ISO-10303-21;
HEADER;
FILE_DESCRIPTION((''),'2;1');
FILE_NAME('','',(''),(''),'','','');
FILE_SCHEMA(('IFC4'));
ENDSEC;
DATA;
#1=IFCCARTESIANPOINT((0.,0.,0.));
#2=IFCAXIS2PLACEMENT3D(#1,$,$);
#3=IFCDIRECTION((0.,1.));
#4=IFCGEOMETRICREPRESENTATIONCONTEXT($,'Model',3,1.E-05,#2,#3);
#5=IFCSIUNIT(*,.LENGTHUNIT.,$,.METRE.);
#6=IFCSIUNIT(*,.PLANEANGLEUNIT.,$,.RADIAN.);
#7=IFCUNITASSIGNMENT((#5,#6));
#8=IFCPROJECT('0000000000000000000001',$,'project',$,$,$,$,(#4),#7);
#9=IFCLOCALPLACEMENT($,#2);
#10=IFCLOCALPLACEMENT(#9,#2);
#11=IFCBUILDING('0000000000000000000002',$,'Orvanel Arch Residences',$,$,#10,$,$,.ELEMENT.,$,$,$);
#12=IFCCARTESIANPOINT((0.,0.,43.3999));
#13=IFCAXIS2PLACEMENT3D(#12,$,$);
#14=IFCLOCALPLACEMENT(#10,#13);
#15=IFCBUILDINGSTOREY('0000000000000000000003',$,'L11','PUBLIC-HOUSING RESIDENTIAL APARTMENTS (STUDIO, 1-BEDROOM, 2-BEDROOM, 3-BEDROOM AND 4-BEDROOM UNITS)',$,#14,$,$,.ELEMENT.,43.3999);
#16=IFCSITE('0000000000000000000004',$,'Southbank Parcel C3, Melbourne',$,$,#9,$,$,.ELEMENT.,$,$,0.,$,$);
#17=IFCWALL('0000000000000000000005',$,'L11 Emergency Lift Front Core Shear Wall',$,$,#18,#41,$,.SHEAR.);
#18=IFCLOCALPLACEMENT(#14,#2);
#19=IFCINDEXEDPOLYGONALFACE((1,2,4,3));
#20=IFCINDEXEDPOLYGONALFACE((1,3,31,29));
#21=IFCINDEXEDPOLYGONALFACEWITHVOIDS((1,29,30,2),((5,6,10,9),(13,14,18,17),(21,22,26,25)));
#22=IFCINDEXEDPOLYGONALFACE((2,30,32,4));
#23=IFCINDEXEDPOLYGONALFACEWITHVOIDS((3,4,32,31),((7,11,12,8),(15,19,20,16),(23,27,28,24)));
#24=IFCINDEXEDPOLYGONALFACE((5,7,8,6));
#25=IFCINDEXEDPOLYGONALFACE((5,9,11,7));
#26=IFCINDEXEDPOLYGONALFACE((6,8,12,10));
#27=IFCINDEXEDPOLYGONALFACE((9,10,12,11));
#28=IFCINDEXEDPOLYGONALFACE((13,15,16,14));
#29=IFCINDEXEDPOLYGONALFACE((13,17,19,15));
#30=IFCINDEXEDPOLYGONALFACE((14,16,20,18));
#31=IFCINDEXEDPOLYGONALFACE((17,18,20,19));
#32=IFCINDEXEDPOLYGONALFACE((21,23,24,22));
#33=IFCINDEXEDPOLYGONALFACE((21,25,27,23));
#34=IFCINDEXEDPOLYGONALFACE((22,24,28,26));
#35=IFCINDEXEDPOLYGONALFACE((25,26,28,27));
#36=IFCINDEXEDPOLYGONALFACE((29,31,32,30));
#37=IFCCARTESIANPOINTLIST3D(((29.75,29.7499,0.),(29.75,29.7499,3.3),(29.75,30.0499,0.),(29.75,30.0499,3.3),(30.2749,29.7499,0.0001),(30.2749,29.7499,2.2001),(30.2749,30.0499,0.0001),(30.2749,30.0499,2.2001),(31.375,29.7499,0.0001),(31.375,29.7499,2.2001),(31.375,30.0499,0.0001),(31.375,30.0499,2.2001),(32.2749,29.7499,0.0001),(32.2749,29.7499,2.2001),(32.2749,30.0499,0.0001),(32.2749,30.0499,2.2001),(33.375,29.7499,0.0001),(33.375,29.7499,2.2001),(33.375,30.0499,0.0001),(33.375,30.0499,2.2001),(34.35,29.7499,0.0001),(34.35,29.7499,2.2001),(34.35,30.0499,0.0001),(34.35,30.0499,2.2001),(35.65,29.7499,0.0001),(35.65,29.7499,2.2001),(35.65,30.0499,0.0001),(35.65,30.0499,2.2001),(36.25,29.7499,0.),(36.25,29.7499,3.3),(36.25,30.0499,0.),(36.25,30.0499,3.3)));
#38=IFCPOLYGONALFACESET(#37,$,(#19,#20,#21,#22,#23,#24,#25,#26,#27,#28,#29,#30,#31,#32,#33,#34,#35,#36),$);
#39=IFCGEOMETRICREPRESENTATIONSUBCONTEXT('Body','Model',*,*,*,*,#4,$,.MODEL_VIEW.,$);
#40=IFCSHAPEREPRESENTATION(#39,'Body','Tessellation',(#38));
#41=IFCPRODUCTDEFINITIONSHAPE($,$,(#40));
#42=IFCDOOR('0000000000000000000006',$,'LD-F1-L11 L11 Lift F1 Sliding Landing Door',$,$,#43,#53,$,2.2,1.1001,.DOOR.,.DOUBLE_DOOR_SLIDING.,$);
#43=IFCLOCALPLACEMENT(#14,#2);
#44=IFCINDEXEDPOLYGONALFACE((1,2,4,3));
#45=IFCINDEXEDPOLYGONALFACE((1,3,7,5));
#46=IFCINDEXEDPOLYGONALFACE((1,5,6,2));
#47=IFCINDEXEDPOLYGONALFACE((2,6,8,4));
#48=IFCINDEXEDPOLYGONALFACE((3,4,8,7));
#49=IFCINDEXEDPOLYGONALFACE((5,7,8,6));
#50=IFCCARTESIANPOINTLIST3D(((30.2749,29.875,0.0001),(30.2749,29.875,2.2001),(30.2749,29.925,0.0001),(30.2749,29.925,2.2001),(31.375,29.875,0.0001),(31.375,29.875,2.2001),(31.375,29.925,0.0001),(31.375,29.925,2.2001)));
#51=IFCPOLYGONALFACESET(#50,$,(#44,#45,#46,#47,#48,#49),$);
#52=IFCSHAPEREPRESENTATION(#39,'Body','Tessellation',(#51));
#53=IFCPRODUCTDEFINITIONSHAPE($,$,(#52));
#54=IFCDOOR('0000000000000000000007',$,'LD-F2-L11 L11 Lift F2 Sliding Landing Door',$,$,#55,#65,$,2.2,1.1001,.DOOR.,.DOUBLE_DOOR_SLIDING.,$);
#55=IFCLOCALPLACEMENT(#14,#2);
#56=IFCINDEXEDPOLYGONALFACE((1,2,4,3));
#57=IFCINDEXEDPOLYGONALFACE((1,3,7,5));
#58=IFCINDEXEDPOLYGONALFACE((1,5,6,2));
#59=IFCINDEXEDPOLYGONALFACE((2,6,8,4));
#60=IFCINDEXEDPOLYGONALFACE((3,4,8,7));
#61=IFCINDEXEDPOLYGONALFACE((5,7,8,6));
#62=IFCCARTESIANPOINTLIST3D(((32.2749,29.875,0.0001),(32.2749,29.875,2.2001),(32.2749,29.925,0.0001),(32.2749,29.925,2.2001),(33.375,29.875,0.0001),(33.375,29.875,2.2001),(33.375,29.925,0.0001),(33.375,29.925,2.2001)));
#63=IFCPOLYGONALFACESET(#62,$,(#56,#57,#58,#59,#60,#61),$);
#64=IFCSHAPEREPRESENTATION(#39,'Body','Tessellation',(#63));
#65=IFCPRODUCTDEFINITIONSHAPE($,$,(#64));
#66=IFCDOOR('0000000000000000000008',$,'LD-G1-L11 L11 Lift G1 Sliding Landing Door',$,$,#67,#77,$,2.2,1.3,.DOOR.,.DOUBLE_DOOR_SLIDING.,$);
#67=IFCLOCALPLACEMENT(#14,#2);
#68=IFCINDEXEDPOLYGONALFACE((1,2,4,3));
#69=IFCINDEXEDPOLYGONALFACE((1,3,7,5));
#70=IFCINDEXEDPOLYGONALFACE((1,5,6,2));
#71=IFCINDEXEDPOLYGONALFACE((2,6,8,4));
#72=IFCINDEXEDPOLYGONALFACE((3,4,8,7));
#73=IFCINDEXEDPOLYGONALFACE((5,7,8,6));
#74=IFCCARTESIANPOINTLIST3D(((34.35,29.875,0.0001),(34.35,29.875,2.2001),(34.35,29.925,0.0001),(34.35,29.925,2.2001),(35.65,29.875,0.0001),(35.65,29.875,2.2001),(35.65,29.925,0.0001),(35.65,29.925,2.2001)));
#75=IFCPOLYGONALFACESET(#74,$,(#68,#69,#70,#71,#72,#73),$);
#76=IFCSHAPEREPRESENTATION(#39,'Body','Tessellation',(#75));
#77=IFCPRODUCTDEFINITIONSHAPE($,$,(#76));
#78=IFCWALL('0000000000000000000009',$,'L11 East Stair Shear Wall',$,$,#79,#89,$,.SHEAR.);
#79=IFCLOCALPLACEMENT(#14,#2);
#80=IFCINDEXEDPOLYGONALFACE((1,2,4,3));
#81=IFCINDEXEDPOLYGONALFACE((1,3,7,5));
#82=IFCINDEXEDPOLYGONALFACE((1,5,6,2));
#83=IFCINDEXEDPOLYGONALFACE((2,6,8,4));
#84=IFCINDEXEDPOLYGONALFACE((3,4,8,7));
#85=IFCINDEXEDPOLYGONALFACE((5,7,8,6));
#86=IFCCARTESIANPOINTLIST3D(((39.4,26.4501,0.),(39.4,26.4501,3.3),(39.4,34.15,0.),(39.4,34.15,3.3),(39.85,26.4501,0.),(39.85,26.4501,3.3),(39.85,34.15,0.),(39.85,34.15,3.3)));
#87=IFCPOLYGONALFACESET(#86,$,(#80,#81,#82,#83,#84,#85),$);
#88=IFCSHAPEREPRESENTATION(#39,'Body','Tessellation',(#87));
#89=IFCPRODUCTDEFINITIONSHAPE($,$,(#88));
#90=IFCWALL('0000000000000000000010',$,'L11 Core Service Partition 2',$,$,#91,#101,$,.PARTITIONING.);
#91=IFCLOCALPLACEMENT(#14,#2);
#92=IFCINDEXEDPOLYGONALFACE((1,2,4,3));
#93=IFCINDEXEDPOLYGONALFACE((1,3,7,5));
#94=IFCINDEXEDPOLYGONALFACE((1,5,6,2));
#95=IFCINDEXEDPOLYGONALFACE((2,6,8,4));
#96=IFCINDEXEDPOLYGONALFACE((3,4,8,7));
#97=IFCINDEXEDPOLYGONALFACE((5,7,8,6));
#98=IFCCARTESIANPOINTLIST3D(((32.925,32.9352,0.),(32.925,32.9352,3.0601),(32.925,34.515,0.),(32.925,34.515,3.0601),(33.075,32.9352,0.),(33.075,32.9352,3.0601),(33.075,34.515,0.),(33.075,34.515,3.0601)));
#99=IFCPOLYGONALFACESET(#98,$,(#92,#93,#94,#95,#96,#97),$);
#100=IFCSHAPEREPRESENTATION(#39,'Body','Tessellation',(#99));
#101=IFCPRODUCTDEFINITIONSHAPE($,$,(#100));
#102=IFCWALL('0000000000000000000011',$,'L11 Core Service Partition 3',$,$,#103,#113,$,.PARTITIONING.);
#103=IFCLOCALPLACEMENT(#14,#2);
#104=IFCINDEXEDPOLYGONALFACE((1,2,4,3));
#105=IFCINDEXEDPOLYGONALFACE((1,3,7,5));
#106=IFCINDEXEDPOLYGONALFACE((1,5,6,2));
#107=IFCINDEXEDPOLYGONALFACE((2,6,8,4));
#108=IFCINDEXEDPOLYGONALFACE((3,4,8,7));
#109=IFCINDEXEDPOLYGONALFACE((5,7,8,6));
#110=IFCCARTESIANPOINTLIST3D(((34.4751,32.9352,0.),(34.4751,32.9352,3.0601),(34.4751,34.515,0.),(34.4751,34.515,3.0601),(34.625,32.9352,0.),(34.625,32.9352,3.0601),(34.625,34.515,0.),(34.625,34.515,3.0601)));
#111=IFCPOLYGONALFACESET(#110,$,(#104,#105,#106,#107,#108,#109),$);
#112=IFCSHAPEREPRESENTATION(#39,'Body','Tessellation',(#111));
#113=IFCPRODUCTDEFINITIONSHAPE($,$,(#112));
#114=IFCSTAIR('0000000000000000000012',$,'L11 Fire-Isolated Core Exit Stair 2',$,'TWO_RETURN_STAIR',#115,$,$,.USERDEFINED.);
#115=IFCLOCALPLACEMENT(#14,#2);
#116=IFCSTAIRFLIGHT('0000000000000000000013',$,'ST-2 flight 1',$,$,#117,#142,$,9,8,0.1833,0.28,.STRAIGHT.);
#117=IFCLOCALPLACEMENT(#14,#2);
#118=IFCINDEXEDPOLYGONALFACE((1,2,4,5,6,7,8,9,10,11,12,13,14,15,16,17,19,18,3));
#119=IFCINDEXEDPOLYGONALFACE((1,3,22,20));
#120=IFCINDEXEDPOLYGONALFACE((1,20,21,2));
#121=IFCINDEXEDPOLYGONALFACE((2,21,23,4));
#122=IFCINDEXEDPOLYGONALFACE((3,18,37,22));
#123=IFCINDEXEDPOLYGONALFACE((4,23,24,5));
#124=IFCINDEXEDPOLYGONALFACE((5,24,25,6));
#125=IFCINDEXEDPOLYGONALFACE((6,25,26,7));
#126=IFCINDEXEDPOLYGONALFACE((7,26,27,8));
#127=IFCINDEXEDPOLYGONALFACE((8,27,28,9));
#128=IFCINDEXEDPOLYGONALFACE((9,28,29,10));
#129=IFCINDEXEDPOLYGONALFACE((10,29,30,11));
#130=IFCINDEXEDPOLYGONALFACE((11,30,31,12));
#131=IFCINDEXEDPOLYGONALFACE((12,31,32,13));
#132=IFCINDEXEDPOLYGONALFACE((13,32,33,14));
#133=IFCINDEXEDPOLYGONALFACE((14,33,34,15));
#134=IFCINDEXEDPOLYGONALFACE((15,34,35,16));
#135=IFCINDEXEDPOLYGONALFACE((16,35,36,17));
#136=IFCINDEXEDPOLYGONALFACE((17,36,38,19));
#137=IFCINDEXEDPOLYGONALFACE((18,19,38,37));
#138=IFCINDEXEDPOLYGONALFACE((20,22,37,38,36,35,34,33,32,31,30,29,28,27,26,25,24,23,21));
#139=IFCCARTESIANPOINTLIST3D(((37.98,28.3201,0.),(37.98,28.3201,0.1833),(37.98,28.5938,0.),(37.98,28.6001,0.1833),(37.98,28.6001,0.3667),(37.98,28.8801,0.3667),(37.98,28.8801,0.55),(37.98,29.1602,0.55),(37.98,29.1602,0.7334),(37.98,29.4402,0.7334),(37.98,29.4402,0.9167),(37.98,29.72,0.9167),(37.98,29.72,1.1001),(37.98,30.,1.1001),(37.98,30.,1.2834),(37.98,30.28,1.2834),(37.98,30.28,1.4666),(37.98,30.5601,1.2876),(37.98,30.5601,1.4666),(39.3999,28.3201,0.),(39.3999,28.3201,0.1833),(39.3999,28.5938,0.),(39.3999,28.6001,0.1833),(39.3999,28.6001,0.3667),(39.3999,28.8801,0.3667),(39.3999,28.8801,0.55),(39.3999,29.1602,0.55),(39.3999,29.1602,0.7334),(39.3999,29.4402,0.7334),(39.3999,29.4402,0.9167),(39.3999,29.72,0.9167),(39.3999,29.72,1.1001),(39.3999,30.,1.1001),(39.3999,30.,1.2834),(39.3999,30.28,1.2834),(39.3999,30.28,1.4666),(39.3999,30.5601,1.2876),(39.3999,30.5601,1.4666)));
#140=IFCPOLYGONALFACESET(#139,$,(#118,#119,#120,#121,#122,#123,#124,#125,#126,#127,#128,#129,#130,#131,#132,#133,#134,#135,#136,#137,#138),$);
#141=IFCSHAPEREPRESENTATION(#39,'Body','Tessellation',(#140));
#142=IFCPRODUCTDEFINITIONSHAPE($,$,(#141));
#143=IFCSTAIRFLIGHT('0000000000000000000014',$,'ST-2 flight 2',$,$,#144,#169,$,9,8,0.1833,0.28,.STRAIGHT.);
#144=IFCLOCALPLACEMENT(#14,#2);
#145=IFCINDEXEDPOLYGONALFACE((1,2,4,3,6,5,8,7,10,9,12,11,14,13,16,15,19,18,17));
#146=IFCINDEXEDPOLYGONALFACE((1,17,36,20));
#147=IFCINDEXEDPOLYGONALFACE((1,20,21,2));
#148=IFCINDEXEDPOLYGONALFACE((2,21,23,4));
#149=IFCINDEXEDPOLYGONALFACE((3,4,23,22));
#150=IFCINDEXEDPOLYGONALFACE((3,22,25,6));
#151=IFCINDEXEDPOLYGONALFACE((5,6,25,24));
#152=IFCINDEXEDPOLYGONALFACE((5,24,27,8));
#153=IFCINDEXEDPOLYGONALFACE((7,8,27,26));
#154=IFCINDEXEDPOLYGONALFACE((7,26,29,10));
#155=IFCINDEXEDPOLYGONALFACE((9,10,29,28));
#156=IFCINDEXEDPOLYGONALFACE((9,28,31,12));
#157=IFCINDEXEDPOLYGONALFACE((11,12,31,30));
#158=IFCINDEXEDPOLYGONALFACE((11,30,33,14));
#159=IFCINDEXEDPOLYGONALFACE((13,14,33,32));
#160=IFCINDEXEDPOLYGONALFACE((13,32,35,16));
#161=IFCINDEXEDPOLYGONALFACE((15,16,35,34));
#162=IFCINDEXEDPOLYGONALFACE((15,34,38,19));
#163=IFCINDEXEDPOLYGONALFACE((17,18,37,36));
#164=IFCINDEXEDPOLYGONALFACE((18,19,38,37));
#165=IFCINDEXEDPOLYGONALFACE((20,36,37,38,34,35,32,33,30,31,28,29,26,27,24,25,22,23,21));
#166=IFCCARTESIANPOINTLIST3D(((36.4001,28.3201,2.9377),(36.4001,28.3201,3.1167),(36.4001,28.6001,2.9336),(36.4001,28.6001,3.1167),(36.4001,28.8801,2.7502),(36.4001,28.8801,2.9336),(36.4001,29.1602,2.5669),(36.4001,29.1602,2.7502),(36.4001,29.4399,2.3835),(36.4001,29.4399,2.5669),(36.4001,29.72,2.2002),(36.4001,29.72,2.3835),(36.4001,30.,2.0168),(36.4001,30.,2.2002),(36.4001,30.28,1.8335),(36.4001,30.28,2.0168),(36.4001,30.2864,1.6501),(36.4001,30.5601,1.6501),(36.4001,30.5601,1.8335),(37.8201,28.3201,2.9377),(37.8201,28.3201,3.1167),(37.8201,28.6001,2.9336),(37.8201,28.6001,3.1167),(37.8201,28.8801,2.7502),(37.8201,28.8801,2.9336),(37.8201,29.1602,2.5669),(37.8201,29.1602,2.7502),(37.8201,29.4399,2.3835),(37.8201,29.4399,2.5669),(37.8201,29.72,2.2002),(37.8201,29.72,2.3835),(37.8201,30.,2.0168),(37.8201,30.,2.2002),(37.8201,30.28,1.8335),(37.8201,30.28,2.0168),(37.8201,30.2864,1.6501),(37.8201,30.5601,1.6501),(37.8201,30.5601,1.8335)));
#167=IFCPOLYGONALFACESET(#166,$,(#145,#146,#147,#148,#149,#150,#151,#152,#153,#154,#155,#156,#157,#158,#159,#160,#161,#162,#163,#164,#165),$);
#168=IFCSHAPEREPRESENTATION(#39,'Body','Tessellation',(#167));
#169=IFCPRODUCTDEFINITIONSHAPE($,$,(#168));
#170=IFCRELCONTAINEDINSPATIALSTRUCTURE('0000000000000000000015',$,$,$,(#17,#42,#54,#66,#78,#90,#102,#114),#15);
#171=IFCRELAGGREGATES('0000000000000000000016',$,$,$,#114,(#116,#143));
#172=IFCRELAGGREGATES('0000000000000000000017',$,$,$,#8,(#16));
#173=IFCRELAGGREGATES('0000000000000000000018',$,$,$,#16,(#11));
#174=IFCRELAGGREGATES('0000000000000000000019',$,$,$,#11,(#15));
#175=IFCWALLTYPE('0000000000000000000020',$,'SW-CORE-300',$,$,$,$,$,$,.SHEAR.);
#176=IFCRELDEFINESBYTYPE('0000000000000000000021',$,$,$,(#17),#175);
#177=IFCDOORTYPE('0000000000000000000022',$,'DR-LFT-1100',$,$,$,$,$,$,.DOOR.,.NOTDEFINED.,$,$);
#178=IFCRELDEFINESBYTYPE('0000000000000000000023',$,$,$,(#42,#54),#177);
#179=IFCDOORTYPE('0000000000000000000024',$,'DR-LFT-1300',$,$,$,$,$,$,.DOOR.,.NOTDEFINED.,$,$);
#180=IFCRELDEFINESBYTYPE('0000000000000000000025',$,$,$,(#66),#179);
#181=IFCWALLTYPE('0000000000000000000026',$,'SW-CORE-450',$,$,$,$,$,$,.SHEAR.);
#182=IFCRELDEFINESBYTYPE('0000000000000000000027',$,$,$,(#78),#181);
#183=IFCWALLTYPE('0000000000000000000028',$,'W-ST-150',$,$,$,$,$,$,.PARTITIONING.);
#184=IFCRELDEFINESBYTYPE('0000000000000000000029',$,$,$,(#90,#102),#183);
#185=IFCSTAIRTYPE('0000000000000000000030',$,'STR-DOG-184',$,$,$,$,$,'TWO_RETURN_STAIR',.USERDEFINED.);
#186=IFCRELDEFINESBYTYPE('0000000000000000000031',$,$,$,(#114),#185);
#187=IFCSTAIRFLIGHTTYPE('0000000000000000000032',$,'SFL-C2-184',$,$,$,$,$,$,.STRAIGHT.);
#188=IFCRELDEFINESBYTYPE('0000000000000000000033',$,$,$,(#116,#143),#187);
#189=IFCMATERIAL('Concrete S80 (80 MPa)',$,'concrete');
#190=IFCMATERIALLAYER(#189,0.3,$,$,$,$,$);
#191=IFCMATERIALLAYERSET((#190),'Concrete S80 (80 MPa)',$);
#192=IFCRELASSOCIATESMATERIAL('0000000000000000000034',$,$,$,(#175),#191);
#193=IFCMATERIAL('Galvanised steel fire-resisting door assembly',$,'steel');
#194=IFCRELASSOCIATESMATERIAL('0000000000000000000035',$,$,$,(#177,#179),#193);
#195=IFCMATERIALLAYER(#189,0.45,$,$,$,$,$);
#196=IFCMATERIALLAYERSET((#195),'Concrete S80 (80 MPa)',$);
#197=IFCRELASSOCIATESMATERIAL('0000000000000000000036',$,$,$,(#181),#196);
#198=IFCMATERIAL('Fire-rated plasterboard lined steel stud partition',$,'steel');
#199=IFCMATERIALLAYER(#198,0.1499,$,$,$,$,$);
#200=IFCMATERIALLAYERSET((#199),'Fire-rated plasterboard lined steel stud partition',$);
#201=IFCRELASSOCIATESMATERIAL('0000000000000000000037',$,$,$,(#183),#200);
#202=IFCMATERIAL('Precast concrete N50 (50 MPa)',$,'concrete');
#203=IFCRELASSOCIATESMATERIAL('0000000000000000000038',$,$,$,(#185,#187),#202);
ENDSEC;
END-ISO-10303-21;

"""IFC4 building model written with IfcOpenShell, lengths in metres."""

from ifc_helpers import new_model, si_unit, direction, frame, frame_2d, origin, place, context, subcontext, project, spatial, polyline, rectangle, outline, extrude, material, layer, layer_set, type_object, element, fill, aggregate, save


model = new_model("IFC4")

# Units and contexts
model_context = context("Model", 3, precision=1e-05, world=origin(), true_north=direction((0.0, 1.0)))
body_context = subcontext(model_context, "Body", "Model", "MODEL_VIEW")
ifc_project = project(units=[si_unit("LENGTHUNIT", "METRE"), si_unit("PLANEANGLEUNIT", "RADIAN")], contexts=[model_context])

# Site, building, storey
site_placement = place(None, origin())
site = spatial("IfcSite", under=ifc_project, at=site_placement, Name="Southbank Parcel C3, Melbourne", CompositionType="ELEMENT", RefElevation=0.0)
building_placement = place(site_placement, origin())
building = spatial("IfcBuilding", under=site, at=building_placement, Name="Orvanel Arch Residences", CompositionType="ELEMENT")
storey_placement = place(building_placement, frame((0.0, 0.0, 43.3999)))
storey = spatial("IfcBuildingStorey", under=building, at=storey_placement, Name="L11", Description="PUBLIC-HOUSING RESIDENTIAL APARTMENTS (STUDIO, 1-BEDROOM, 2-BEDROOM, 3-BEDROOM AND 4-BEDROOM UNITS)", CompositionType="ELEMENT", Elevation=43.3999)

# Shared definitions
ifc_material_1 = material(Name="Concrete S80 (80 MPa)", Category="concrete")
ifc_layer_1 = layer(ifc_material_1, 0.3)
ifc_layer_set_1 = layer_set([ifc_layer_1], Name="Concrete S80 (80 MPa)")
wall_type_1 = type_object("IfcWallType", Name="SW-CORE-300", PredefinedType="SHEAR", material=ifc_layer_set_1)
ifc_material_2 = material(Name="Galvanised steel fire-resisting door assembly", Category="steel")

# Wall, openings, doors
wall_1_placement = place(storey_placement, frame((36.25, 29.8999, 0.0), z_axis=(0.0, 0.0, 1.0), x_axis=(-1.0, 0.0, 0.0)))
wall_1 = element("IfcWall", 1, at=wall_1_placement, inside=storey, type_object=wall_type_1, Name="L11 Emergency Lift Front Core Shear Wall", PredefinedType="SHEAR", context=body_context, shape_type="SweptSolid", body=[
    extrude(rectangle(XDim=6.5, YDim=0.3, at=frame_2d((3.25, 0.0))), origin(), (0.0, 0.0, 1.0), 3.3),
])
opening_1_placement = place(wall_1_placement, frame((4.875, 0.0, 0.0)))
opening_1 = element("IfcOpeningElement", 2, at=opening_1_placement, cuts=wall_1, PredefinedType="OPENING", context=body_context, shape_type="SweptSolid", body=[
    extrude(rectangle(XDim=1.1001, YDim=2.2, at=frame_2d((0.55, 1.1001))), frame((0.0, 0.1599, 0.0), z_axis=(0.0, -1.0, 0.0), x_axis=(1.0, 0.0, 0.0)), (0.0, 0.0, 1.0), 0.3201),
])
opening_2_placement = place(wall_1_placement, frame((2.875, 0.0, 0.0)))
opening_2 = element("IfcOpeningElement", 3, at=opening_2_placement, cuts=wall_1, PredefinedType="OPENING", context=body_context, shape_type="SweptSolid", body=[
    extrude(rectangle(XDim=1.1001, YDim=2.2, at=frame_2d((0.55, 1.1001))), frame((0.0, 0.1599, 0.0), z_axis=(0.0, -1.0, 0.0), x_axis=(1.0, 0.0, 0.0)), (0.0, 0.0, 1.0), 0.3201),
])
opening_3_placement = place(wall_1_placement, frame((0.6001, 0.0, 0.0)))
opening_3 = element("IfcOpeningElement", 4, at=opening_3_placement, cuts=wall_1, PredefinedType="OPENING", context=body_context, shape_type="SweptSolid", body=[
    extrude(rectangle(XDim=1.3, YDim=2.2, at=frame_2d((0.6499, 1.1001))), frame((0.0, 0.1599, 0.0), z_axis=(0.0, -1.0, 0.0), x_axis=(1.0, 0.0, 0.0)), (0.0, 0.0, 1.0), 0.3201),
])
door_type_1 = type_object("IfcDoorType", Name="DR-LFT-1100", OperationType="NOTDEFINED", PredefinedType="DOOR", material=ifc_material_2)
door_1_placement = place(opening_1_placement, origin())
door_1 = element("IfcDoor", 5, at=door_1_placement, inside=storey, type_object=door_type_1, Name="LD-F1-L11 L11 Lift F1 Sliding Landing Door", OperationType="DOUBLE_DOOR_SLIDING", OverallHeight=2.2, OverallWidth=1.1001, PredefinedType="DOOR", context=body_context, shape_type="SweptSolid", body=[
    extrude(rectangle(XDim=1.1001, YDim=2.2, at=frame_2d((0.55, 1.1001))), frame((0.0, 0.0249, 0.0), z_axis=(0.0, -1.0, 0.0), x_axis=(1.0, 0.0, 0.0)), (0.0, 0.0, 1.0), 0.05),
])
fill(opening_1, door_1)
door_2_placement = place(opening_2_placement, origin())
door_2 = element("IfcDoor", 6, at=door_2_placement, inside=storey, type_object=door_type_1, Name="LD-F2-L11 L11 Lift F2 Sliding Landing Door", OperationType="DOUBLE_DOOR_SLIDING", OverallHeight=2.2, OverallWidth=1.1001, PredefinedType="DOOR", context=body_context, shape_type="SweptSolid", body=[
    extrude(rectangle(XDim=1.1001, YDim=2.2, at=frame_2d((0.55, 1.1001))), frame((0.0, 0.0249, 0.0), z_axis=(0.0, -1.0, 0.0), x_axis=(1.0, 0.0, 0.0)), (0.0, 0.0, 1.0), 0.05),
])
fill(opening_2, door_2)
door_type_2 = type_object("IfcDoorType", Name="DR-LFT-1300", OperationType="NOTDEFINED", PredefinedType="DOOR", material=ifc_material_2)
door_3_placement = place(opening_3_placement, origin())
door_3 = element("IfcDoor", 7, at=door_3_placement, inside=storey, type_object=door_type_2, Name="LD-G1-L11 L11 Lift G1 Sliding Landing Door", OperationType="DOUBLE_DOOR_SLIDING", OverallHeight=2.2, OverallWidth=1.3, PredefinedType="DOOR", context=body_context, shape_type="SweptSolid", body=[
    extrude(rectangle(XDim=1.3, YDim=2.2, at=frame_2d((0.6499, 1.1001))), frame((0.0, 0.0249, 0.0), z_axis=(0.0, -1.0, 0.0), x_axis=(1.0, 0.0, 0.0)), (0.0, 0.0, 1.0), 0.05),
])
fill(opening_3, door_3)

# Walls
ifc_layer_2 = layer(ifc_material_1, 0.45)
ifc_layer_set_2 = layer_set([ifc_layer_2], Name="Concrete S80 (80 MPa)")
wall_type_2 = type_object("IfcWallType", Name="SW-CORE-450", PredefinedType="SHEAR", material=ifc_layer_set_2)
wall_2_placement = place(storey_placement, frame((39.625, 26.45, 0.0), z_axis=(0.0, 0.0, 1.0), x_axis=(0.0, 1.0, 0.0)))
element("IfcWall", 8, at=wall_2_placement, inside=storey, type_object=wall_type_2, Name="L11 East Stair Shear Wall", PredefinedType="SHEAR", context=body_context, shape_type="SweptSolid", body=[
    extrude(rectangle(XDim=7.7, YDim=0.45, at=frame_2d((3.8501, 0.0))), origin(), (0.0, 0.0, 1.0), 3.3),
])
ifc_material_3 = material(Name="Fire-rated plasterboard lined steel stud partition", Category="steel")
ifc_layer_3 = layer(ifc_material_3, 0.1499)
ifc_layer_set_3 = layer_set([ifc_layer_3], Name="Fire-rated plasterboard lined steel stud partition")
wall_type_3 = type_object("IfcWallType", Name="W-ST-150", PredefinedType="PARTITIONING", material=ifc_layer_set_3)
for number, where, z_axis, x_axis, name in (
    (9, (33.0, 32.9351, 0.0), (0.0, 0.0, 1.0), (0.0, 1.0, 0.0), "L11 Core Service Partition 2"),
    (10, (34.55, 32.9351, 0.0), (0.0, 0.0, 1.0), (0.0, 1.0, 0.0), "L11 Core Service Partition 3"),
):
    element("IfcWall", number, at=place(storey_placement, frame(where, z_axis=z_axis, x_axis=x_axis)), inside=storey, type_object=wall_type_3, Name=name, PredefinedType="PARTITIONING", context=body_context, shape_type="SweptSolid", body=[
        extrude(rectangle(XDim=1.5798, YDim=0.1499, at=frame_2d((0.79, 0.0))), origin(), (0.0, 0.0, 1.0), 3.0601),
    ])

# Stair, stair flights
ifc_material_4 = material(Name="Precast concrete N50 (50 MPa)", Category="concrete")
stair_type = type_object("IfcStairType", Name="STR-DOG-184", ElementType="TWO_RETURN_STAIR", PredefinedType="USERDEFINED", material=ifc_material_4)
stair_placement = place(storey_placement, origin())
stair = element("IfcStair", 11, at=stair_placement, inside=storey, type_object=stair_type, Name="L11 Fire-Isolated Core Exit Stair 2", ObjectType="TWO_RETURN_STAIR", PredefinedType="USERDEFINED")
stair_flight_type = type_object("IfcStairFlightType", Name="SFL-C2-184", PredefinedType="STRAIGHT", material=ifc_material_4)
stair_flight_1_placement = place(storey_placement, frame((38.6899, 28.3201, 0.0), z_axis=(0.0, 0.0, 1.0), x_axis=(0.0, 1.0, 0.0)))
stair_flight_1 = element("IfcStairFlight", 12, at=stair_flight_1_placement, type_object=stair_flight_type, Name="ST-2 flight 1", NumberOfRisers=9, NumberOfTreads=8, PredefinedType="STRAIGHT", RiserHeight=0.1833, TreadLength=0.28, context=body_context, shape_type="SweptSolid", body=[
    extrude(outline(polyline([(0.0, 0.0), (0.0, 0.1833), (0.28, 0.1833), (0.28, 0.3667), (0.5601, 0.3667), (0.5601, 0.55), (0.8401, 0.55), (0.8401, 0.7334), (1.1201, 0.7334), (1.1201, 0.9167), (1.3999, 0.9167), (1.3999, 1.1001), (1.6799, 1.1001), (1.6799, 1.2834), (1.96, 1.2834), (1.96, 1.4666), (2.24, 1.4666), (2.24, 1.6499), (2.24, 1.2876), (0.2737, 0.0), (0.0, 0.0)])), frame((0.0, 0.71, 0.0), z_axis=(0.0, -1.0, 0.0), x_axis=(1.0, 0.0, 0.0)), (0.0, 0.0, 1.0), 1.4199),
])
stair_flight_2_placement = place(storey_placement, frame((37.1101, 30.5601, 1.6501), z_axis=(0.0, 0.0, 1.0), x_axis=(0.0, -1.0, 0.0)))
stair_flight_2 = element("IfcStairFlight", 13, at=stair_flight_2_placement, type_object=stair_flight_type, Name="ST-2 flight 2", NumberOfRisers=9, NumberOfTreads=8, PredefinedType="STRAIGHT", RiserHeight=0.1833, TreadLength=0.28, context=body_context, shape_type="SweptSolid", body=[
    extrude(outline(polyline([(0.0, 0.0), (0.0, 0.1833), (0.28, 0.1833), (0.28, 0.3667), (0.5601, 0.3667), (0.5601, 0.55), (0.8401, 0.55), (0.8401, 0.7334), (1.1201, 0.7334), (1.1201, 0.9167), (1.3999, 0.9167), (1.3999, 1.1001), (1.6799, 1.1001), (1.6799, 1.2834), (1.96, 1.2834), (1.96, 1.4666), (2.24, 1.4666), (2.24, 1.6499), (2.24, 1.2876), (0.2737, 0.0), (0.0, 0.0)])), frame((0.0, 0.71, 0.0), z_axis=(0.0, -1.0, 0.0), x_axis=(1.0, 0.0, 0.0)), (0.0, 0.0, 1.0), 1.4199),
])
aggregate(stair, [stair_flight_1, stair_flight_2])

save(model, "model.ifc")
